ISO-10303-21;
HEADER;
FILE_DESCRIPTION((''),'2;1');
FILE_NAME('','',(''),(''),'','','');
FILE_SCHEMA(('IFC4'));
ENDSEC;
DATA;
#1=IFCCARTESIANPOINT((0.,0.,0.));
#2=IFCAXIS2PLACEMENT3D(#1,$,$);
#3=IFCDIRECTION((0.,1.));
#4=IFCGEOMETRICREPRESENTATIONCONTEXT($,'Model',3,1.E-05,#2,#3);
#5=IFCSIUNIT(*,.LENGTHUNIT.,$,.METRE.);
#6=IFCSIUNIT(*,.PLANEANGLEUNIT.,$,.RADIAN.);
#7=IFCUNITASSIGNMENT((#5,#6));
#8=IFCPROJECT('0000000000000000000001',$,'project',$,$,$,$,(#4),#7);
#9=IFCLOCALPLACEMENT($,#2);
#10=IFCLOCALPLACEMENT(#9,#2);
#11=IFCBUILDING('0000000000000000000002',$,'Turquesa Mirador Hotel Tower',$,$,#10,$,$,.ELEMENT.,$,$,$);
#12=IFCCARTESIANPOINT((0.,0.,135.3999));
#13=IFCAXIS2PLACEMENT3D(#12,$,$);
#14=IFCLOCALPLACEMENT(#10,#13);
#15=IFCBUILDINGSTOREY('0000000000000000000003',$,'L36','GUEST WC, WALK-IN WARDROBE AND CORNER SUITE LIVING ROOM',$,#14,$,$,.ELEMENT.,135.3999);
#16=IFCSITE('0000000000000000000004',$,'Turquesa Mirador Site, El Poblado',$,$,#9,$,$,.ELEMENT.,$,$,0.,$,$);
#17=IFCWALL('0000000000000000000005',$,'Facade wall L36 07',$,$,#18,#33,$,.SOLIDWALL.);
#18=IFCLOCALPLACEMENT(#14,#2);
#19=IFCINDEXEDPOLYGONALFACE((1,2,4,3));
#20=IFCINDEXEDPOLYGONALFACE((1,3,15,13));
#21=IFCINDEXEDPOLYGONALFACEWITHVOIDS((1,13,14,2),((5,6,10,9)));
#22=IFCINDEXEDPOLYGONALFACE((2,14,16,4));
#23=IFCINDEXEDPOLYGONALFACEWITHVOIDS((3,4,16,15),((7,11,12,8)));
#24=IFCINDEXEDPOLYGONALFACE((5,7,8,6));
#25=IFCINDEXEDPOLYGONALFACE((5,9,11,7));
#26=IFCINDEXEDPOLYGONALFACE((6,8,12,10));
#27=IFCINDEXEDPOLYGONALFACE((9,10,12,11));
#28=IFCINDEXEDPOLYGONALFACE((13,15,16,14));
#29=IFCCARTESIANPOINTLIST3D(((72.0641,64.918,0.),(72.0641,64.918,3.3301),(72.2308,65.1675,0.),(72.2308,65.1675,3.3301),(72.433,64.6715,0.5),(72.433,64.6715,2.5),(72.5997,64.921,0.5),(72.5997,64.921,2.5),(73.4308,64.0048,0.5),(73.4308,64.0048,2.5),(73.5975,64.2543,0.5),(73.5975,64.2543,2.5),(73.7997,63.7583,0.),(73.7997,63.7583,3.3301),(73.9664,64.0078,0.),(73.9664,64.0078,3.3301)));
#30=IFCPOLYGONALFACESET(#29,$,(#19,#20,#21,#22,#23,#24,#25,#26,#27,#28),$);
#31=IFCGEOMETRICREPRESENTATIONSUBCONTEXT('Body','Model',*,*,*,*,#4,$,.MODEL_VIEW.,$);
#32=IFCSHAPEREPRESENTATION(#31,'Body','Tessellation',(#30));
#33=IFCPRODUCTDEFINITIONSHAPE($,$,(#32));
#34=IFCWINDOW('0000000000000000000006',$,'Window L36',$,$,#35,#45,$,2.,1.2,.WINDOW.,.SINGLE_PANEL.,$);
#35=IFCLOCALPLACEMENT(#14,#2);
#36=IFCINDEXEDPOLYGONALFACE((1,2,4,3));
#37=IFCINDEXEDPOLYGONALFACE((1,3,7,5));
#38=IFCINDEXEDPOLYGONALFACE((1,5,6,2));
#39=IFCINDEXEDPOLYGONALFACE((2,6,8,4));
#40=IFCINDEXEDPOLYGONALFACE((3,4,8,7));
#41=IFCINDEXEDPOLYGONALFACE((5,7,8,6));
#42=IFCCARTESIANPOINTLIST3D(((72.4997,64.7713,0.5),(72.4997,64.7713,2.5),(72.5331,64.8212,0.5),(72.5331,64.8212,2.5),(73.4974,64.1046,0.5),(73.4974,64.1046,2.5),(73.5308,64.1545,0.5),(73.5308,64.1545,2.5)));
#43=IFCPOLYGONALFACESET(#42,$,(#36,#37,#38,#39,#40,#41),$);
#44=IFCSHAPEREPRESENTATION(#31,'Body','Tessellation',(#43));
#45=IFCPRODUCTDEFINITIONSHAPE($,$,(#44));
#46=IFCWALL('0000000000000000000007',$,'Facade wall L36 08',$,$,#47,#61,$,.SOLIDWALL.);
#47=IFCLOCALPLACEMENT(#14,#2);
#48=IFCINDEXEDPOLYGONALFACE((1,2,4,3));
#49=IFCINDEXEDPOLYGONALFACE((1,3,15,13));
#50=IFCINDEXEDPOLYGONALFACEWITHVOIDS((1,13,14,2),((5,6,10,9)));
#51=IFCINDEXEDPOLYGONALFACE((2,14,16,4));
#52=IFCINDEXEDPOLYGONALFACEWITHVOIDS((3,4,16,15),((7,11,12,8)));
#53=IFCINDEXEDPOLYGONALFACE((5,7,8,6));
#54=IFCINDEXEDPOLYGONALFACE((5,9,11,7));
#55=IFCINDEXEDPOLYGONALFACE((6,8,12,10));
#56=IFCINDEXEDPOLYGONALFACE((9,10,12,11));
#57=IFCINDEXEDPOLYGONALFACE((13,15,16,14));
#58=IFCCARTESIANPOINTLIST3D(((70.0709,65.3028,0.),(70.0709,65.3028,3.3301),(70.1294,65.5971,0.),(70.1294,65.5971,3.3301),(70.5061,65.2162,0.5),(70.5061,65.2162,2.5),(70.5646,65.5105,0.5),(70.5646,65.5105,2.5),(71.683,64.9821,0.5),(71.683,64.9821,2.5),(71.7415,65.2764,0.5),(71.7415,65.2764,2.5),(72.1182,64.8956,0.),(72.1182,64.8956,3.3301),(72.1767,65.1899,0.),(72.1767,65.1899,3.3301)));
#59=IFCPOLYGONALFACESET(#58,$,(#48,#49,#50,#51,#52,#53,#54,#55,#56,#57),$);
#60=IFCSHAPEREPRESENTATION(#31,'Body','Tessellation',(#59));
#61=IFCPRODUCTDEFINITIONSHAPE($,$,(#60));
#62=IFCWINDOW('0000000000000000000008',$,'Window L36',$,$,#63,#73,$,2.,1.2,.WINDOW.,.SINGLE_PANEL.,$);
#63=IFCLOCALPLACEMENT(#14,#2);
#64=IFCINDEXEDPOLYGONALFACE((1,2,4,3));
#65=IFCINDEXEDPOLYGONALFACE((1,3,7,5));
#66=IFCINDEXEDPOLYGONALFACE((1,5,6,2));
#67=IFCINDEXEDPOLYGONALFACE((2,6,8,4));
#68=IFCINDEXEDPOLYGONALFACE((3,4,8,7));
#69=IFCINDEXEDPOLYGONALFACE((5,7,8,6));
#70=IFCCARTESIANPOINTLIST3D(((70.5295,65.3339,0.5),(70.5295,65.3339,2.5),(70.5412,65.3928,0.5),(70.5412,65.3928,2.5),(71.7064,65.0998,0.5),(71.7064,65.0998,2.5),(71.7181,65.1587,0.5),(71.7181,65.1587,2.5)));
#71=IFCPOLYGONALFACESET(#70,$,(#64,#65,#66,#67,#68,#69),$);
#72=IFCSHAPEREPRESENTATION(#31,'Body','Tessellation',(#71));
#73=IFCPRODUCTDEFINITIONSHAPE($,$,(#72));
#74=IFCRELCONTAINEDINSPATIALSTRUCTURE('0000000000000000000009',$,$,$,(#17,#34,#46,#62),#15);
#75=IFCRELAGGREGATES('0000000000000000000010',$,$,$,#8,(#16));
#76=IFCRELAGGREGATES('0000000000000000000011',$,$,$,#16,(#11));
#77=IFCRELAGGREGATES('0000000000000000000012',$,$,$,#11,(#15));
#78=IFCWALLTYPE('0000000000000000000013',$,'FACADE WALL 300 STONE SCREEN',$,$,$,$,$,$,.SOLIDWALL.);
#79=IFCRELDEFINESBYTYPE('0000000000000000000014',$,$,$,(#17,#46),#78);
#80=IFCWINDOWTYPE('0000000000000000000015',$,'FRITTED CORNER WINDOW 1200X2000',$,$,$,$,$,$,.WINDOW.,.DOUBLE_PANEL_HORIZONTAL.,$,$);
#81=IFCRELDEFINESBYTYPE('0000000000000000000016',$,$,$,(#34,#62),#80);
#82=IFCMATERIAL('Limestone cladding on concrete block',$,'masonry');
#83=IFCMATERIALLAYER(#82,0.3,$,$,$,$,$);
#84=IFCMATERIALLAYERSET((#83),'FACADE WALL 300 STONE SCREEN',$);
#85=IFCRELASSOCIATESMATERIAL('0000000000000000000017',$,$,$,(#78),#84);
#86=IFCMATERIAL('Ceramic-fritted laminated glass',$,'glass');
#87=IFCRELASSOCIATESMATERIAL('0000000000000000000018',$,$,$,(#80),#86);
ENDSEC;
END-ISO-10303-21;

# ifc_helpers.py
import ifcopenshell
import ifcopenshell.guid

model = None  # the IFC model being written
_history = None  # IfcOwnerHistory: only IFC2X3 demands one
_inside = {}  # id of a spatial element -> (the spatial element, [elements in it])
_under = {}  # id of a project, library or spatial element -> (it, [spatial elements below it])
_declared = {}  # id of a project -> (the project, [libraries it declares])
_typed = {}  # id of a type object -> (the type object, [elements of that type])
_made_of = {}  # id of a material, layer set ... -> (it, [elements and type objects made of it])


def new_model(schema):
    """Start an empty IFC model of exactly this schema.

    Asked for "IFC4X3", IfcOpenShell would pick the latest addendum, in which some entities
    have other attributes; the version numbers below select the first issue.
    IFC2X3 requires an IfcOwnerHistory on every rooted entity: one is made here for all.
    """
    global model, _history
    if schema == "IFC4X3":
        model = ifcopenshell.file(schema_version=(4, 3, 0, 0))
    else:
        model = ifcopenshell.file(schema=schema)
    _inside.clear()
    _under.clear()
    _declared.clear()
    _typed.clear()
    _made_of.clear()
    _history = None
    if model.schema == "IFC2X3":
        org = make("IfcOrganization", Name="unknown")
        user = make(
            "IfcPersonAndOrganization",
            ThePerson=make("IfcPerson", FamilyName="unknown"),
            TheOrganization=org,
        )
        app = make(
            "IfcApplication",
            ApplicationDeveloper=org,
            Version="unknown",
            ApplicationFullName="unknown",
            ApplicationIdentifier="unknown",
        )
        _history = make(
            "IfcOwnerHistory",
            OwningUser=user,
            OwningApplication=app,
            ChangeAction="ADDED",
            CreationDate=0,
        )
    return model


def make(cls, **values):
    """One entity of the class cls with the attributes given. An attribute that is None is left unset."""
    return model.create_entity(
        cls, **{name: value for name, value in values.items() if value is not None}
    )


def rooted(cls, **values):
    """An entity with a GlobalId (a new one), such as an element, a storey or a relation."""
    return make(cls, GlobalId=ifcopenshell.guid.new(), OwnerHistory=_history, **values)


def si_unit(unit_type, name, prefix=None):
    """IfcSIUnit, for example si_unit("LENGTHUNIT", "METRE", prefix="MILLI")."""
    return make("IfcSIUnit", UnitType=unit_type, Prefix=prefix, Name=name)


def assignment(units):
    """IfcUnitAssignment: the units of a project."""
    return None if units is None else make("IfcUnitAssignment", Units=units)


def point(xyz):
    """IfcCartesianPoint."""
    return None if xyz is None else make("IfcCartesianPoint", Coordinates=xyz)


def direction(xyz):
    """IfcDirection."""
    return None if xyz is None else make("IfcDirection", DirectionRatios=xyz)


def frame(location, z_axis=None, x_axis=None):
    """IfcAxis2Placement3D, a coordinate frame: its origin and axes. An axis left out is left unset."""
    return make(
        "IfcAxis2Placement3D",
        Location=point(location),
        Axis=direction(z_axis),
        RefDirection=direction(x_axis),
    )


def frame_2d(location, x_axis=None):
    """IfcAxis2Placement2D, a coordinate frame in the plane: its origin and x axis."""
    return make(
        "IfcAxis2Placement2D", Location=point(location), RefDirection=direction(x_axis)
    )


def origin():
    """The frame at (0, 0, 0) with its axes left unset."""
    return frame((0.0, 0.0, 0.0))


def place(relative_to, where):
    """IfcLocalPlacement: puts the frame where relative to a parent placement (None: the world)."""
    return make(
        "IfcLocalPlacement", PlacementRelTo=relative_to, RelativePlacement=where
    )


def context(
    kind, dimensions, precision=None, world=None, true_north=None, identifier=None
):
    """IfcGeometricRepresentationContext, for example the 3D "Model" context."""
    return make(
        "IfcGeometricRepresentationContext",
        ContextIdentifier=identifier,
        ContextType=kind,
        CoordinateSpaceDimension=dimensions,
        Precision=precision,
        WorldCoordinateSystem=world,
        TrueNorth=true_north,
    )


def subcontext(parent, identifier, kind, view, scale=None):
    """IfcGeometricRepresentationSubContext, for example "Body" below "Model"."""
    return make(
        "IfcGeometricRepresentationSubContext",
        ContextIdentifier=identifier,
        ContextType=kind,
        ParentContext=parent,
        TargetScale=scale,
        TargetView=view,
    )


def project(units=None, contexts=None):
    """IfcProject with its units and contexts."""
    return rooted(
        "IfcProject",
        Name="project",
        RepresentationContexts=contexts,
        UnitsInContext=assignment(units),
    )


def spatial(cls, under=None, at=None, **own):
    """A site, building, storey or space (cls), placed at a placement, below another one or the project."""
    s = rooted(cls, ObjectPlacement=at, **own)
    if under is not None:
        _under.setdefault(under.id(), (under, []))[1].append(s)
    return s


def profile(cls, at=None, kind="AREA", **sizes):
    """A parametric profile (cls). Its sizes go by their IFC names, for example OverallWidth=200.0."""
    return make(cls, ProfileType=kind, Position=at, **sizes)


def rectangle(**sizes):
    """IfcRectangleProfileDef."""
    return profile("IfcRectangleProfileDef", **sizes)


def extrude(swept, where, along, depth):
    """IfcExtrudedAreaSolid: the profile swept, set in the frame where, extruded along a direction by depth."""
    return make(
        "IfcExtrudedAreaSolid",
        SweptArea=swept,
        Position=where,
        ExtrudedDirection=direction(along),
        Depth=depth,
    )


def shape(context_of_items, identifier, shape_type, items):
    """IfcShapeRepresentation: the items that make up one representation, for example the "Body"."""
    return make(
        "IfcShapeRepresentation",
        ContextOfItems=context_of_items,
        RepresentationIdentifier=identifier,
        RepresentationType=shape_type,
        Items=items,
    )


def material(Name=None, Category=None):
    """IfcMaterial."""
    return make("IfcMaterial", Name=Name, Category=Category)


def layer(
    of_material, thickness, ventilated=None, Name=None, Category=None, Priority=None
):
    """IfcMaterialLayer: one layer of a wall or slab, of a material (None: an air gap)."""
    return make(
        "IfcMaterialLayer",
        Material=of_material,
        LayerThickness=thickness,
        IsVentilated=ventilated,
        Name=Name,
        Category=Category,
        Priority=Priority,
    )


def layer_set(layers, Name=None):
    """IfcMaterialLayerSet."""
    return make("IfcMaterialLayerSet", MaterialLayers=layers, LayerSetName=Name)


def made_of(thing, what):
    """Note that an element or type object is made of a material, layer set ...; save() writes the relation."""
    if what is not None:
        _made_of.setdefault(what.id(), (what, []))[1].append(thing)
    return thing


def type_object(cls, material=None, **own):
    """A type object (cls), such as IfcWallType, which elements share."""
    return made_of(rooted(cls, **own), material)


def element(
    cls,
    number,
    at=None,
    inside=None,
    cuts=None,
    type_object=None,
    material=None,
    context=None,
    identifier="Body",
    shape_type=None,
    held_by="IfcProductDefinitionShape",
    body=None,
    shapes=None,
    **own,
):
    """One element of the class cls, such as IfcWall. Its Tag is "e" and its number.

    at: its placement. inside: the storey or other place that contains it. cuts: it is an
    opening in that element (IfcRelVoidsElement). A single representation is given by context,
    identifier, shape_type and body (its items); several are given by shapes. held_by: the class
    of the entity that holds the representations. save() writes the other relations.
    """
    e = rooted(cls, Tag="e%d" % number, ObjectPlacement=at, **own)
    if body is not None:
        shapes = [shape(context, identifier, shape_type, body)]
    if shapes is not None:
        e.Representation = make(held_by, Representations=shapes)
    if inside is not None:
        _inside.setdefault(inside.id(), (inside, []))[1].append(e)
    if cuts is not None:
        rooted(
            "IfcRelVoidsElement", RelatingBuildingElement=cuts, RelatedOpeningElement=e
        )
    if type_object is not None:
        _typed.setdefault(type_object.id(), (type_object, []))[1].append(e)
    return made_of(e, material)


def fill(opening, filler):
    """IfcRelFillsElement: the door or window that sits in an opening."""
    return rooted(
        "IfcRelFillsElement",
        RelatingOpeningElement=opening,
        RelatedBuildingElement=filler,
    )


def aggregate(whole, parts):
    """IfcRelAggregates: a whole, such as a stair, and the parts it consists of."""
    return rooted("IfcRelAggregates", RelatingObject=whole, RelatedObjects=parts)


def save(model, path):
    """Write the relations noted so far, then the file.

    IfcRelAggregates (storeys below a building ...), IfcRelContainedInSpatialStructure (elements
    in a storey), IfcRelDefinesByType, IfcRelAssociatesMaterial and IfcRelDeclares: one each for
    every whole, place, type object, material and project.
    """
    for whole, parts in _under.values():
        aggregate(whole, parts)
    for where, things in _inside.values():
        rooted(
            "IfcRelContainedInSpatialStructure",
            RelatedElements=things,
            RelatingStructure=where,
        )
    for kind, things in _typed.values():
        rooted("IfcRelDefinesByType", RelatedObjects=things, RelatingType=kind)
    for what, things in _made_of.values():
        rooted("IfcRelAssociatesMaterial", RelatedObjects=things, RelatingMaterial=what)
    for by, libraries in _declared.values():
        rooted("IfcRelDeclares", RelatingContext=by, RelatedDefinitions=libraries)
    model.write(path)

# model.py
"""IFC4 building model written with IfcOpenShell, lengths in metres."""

from ifc_helpers import new_model, si_unit, direction, frame, frame_2d, origin, place, context, subcontext, project, spatial, rectangle, extrude, material, layer, layer_set, type_object, element, fill, save


model = new_model("IFC4")

# Units and contexts
model_context = context("Model", 3, precision=1e-05, world=origin(), true_north=direction((0.0, 1.0)))
body_context = subcontext(model_context, "Body", "Model", "MODEL_VIEW")
ifc_project = project(units=[si_unit("LENGTHUNIT", "METRE"), si_unit("PLANEANGLEUNIT", "RADIAN")], contexts=[model_context])

# Site, building, storey
site_placement = place(None, origin())
site = spatial("IfcSite", under=ifc_project, at=site_placement, Name="Turquesa Mirador Site, El Poblado", CompositionType="ELEMENT", RefElevation=0.0)
building_placement = place(site_placement, origin())
building = spatial("IfcBuilding", under=site, at=building_placement, Name="Turquesa Mirador Hotel Tower", CompositionType="ELEMENT")
storey_placement = place(building_placement, frame((0.0, 0.0, 135.3999)))
storey = spatial("IfcBuildingStorey", under=building, at=storey_placement, Name="L36", Description="GUEST WC, WALK-IN WARDROBE AND CORNER SUITE LIVING ROOM", CompositionType="ELEMENT", Elevation=135.3999)

# Walls, openings, windows
ifc_material_1 = material(Name="Limestone cladding on concrete block", Category="masonry")
ifc_layer = layer(ifc_material_1, 0.3)
ifc_layer_set = layer_set([ifc_layer], Name="FACADE WALL 300 STONE SCREEN")
wall_type = type_object("IfcWallType", Name="FACADE WALL 300 STONE SCREEN", PredefinedType="SOLIDWALL", material=ifc_layer_set)
ifc_material_2 = material(Name="Ceramic-fritted laminated glass", Category="glass")
window_type = type_object("IfcWindowType", Name="FRITTED CORNER WINDOW 1200X2000", PartitioningType="DOUBLE_PANEL_HORIZONTAL", PredefinedType="WINDOW", material=ifc_material_2)
wall_1_placement = place(storey_placement, frame((73.8831, 63.8831, 0.0), z_axis=(0.0, 0.0, 1.0), x_axis=(-0.831474, 0.555564, 0.0)))
wall_1 = element("IfcWall", 1, at=wall_1_placement, inside=storey, type_object=wall_type, Name="Facade wall L36 07", PredefinedType="SOLIDWALL", context=body_context, shape_type="SweptSolid", body=[
    extrude(rectangle(XDim=2.0874, YDim=0.3, at=frame_2d((1.0437, 0.0))), origin(), (0.0, 0.0, 1.0), 3.3301),
])
opening_1_placement = place(wall_1_placement, frame((0.4436, 0.0, 0.5)))
opening_1 = element("IfcOpeningElement", 2, at=opening_1_placement, cuts=wall_1, PredefinedType="OPENING", context=body_context, shape_type="SweptSolid", body=[
    extrude(rectangle(XDim=1.2, YDim=2.0, at=frame_2d((0.6001, 1.0))), frame((0.0, 0.1599, 0.0), z_axis=(0.0, -1.0, 0.0), x_axis=(1.0, 0.0, 0.0)), (0.0, 0.0, 1.0), 0.3201),
])
window_1_placement = place(opening_1_placement, origin())
window_1 = element("IfcWindow", 3, at=window_1_placement, inside=storey, type_object=window_type, Name="Window L36", OverallHeight=2.0, OverallWidth=1.2, PartitioningType="SINGLE_PANEL", PredefinedType="WINDOW", context=body_context, shape_type="SweptSolid", body=[
    extrude(rectangle(XDim=1.2, YDim=2.0, at=frame_2d((0.6001, 1.0))), frame((0.0, 0.03, 0.0), z_axis=(0.0, -1.0, 0.0), x_axis=(1.0, 0.0, 0.0)), (0.0, 0.0, 1.0), 0.0601),
])
fill(opening_1, window_1)
wall_2_placement = place(storey_placement, frame((72.1475, 65.0427, 0.0), z_axis=(0.0, 0.0, 1.0), x_axis=(-0.980787, 0.195081, 0.0)))
wall_2 = element("IfcWall", 4, at=wall_2_placement, inside=storey, type_object=wall_type, Name="Facade wall L36 08", PredefinedType="SOLIDWALL", context=body_context, shape_type="SweptSolid", body=[
    extrude(rectangle(XDim=2.0874, YDim=0.3, at=frame_2d((1.0437, 0.0))), origin(), (0.0, 0.0, 1.0), 3.3301),
])
opening_2_placement = place(wall_2_placement, frame((0.4436, 0.0, 0.5)))
opening_2 = element("IfcOpeningElement", 5, at=opening_2_placement, cuts=wall_2, PredefinedType="OPENING", context=body_context, shape_type="SweptSolid", body=[
    extrude(rectangle(XDim=1.2, YDim=2.0, at=frame_2d((0.6001, 1.0))), frame((0.0, 0.1599, 0.0), z_axis=(0.0, -1.0, 0.0), x_axis=(1.0, 0.0, 0.0)), (0.0, 0.0, 1.0), 0.3201),
])
window_2_placement = place(opening_2_placement, origin())
window_2 = element("IfcWindow", 6, at=window_2_placement, inside=storey, type_object=window_type, Name="Window L36", OverallHeight=2.0, OverallWidth=1.2, PartitioningType="SINGLE_PANEL", PredefinedType="WINDOW", context=body_context, shape_type="SweptSolid", body=[
    extrude(rectangle(XDim=1.2, YDim=2.0, at=frame_2d((0.6001, 1.0))), frame((0.0, 0.03, 0.0), z_axis=(0.0, -1.0, 0.0), x_axis=(1.0, 0.0, 0.0)), (0.0, 0.0, 1.0), 0.0601),
])
fill(opening_2, window_2)

save(model, "model.ifc")
